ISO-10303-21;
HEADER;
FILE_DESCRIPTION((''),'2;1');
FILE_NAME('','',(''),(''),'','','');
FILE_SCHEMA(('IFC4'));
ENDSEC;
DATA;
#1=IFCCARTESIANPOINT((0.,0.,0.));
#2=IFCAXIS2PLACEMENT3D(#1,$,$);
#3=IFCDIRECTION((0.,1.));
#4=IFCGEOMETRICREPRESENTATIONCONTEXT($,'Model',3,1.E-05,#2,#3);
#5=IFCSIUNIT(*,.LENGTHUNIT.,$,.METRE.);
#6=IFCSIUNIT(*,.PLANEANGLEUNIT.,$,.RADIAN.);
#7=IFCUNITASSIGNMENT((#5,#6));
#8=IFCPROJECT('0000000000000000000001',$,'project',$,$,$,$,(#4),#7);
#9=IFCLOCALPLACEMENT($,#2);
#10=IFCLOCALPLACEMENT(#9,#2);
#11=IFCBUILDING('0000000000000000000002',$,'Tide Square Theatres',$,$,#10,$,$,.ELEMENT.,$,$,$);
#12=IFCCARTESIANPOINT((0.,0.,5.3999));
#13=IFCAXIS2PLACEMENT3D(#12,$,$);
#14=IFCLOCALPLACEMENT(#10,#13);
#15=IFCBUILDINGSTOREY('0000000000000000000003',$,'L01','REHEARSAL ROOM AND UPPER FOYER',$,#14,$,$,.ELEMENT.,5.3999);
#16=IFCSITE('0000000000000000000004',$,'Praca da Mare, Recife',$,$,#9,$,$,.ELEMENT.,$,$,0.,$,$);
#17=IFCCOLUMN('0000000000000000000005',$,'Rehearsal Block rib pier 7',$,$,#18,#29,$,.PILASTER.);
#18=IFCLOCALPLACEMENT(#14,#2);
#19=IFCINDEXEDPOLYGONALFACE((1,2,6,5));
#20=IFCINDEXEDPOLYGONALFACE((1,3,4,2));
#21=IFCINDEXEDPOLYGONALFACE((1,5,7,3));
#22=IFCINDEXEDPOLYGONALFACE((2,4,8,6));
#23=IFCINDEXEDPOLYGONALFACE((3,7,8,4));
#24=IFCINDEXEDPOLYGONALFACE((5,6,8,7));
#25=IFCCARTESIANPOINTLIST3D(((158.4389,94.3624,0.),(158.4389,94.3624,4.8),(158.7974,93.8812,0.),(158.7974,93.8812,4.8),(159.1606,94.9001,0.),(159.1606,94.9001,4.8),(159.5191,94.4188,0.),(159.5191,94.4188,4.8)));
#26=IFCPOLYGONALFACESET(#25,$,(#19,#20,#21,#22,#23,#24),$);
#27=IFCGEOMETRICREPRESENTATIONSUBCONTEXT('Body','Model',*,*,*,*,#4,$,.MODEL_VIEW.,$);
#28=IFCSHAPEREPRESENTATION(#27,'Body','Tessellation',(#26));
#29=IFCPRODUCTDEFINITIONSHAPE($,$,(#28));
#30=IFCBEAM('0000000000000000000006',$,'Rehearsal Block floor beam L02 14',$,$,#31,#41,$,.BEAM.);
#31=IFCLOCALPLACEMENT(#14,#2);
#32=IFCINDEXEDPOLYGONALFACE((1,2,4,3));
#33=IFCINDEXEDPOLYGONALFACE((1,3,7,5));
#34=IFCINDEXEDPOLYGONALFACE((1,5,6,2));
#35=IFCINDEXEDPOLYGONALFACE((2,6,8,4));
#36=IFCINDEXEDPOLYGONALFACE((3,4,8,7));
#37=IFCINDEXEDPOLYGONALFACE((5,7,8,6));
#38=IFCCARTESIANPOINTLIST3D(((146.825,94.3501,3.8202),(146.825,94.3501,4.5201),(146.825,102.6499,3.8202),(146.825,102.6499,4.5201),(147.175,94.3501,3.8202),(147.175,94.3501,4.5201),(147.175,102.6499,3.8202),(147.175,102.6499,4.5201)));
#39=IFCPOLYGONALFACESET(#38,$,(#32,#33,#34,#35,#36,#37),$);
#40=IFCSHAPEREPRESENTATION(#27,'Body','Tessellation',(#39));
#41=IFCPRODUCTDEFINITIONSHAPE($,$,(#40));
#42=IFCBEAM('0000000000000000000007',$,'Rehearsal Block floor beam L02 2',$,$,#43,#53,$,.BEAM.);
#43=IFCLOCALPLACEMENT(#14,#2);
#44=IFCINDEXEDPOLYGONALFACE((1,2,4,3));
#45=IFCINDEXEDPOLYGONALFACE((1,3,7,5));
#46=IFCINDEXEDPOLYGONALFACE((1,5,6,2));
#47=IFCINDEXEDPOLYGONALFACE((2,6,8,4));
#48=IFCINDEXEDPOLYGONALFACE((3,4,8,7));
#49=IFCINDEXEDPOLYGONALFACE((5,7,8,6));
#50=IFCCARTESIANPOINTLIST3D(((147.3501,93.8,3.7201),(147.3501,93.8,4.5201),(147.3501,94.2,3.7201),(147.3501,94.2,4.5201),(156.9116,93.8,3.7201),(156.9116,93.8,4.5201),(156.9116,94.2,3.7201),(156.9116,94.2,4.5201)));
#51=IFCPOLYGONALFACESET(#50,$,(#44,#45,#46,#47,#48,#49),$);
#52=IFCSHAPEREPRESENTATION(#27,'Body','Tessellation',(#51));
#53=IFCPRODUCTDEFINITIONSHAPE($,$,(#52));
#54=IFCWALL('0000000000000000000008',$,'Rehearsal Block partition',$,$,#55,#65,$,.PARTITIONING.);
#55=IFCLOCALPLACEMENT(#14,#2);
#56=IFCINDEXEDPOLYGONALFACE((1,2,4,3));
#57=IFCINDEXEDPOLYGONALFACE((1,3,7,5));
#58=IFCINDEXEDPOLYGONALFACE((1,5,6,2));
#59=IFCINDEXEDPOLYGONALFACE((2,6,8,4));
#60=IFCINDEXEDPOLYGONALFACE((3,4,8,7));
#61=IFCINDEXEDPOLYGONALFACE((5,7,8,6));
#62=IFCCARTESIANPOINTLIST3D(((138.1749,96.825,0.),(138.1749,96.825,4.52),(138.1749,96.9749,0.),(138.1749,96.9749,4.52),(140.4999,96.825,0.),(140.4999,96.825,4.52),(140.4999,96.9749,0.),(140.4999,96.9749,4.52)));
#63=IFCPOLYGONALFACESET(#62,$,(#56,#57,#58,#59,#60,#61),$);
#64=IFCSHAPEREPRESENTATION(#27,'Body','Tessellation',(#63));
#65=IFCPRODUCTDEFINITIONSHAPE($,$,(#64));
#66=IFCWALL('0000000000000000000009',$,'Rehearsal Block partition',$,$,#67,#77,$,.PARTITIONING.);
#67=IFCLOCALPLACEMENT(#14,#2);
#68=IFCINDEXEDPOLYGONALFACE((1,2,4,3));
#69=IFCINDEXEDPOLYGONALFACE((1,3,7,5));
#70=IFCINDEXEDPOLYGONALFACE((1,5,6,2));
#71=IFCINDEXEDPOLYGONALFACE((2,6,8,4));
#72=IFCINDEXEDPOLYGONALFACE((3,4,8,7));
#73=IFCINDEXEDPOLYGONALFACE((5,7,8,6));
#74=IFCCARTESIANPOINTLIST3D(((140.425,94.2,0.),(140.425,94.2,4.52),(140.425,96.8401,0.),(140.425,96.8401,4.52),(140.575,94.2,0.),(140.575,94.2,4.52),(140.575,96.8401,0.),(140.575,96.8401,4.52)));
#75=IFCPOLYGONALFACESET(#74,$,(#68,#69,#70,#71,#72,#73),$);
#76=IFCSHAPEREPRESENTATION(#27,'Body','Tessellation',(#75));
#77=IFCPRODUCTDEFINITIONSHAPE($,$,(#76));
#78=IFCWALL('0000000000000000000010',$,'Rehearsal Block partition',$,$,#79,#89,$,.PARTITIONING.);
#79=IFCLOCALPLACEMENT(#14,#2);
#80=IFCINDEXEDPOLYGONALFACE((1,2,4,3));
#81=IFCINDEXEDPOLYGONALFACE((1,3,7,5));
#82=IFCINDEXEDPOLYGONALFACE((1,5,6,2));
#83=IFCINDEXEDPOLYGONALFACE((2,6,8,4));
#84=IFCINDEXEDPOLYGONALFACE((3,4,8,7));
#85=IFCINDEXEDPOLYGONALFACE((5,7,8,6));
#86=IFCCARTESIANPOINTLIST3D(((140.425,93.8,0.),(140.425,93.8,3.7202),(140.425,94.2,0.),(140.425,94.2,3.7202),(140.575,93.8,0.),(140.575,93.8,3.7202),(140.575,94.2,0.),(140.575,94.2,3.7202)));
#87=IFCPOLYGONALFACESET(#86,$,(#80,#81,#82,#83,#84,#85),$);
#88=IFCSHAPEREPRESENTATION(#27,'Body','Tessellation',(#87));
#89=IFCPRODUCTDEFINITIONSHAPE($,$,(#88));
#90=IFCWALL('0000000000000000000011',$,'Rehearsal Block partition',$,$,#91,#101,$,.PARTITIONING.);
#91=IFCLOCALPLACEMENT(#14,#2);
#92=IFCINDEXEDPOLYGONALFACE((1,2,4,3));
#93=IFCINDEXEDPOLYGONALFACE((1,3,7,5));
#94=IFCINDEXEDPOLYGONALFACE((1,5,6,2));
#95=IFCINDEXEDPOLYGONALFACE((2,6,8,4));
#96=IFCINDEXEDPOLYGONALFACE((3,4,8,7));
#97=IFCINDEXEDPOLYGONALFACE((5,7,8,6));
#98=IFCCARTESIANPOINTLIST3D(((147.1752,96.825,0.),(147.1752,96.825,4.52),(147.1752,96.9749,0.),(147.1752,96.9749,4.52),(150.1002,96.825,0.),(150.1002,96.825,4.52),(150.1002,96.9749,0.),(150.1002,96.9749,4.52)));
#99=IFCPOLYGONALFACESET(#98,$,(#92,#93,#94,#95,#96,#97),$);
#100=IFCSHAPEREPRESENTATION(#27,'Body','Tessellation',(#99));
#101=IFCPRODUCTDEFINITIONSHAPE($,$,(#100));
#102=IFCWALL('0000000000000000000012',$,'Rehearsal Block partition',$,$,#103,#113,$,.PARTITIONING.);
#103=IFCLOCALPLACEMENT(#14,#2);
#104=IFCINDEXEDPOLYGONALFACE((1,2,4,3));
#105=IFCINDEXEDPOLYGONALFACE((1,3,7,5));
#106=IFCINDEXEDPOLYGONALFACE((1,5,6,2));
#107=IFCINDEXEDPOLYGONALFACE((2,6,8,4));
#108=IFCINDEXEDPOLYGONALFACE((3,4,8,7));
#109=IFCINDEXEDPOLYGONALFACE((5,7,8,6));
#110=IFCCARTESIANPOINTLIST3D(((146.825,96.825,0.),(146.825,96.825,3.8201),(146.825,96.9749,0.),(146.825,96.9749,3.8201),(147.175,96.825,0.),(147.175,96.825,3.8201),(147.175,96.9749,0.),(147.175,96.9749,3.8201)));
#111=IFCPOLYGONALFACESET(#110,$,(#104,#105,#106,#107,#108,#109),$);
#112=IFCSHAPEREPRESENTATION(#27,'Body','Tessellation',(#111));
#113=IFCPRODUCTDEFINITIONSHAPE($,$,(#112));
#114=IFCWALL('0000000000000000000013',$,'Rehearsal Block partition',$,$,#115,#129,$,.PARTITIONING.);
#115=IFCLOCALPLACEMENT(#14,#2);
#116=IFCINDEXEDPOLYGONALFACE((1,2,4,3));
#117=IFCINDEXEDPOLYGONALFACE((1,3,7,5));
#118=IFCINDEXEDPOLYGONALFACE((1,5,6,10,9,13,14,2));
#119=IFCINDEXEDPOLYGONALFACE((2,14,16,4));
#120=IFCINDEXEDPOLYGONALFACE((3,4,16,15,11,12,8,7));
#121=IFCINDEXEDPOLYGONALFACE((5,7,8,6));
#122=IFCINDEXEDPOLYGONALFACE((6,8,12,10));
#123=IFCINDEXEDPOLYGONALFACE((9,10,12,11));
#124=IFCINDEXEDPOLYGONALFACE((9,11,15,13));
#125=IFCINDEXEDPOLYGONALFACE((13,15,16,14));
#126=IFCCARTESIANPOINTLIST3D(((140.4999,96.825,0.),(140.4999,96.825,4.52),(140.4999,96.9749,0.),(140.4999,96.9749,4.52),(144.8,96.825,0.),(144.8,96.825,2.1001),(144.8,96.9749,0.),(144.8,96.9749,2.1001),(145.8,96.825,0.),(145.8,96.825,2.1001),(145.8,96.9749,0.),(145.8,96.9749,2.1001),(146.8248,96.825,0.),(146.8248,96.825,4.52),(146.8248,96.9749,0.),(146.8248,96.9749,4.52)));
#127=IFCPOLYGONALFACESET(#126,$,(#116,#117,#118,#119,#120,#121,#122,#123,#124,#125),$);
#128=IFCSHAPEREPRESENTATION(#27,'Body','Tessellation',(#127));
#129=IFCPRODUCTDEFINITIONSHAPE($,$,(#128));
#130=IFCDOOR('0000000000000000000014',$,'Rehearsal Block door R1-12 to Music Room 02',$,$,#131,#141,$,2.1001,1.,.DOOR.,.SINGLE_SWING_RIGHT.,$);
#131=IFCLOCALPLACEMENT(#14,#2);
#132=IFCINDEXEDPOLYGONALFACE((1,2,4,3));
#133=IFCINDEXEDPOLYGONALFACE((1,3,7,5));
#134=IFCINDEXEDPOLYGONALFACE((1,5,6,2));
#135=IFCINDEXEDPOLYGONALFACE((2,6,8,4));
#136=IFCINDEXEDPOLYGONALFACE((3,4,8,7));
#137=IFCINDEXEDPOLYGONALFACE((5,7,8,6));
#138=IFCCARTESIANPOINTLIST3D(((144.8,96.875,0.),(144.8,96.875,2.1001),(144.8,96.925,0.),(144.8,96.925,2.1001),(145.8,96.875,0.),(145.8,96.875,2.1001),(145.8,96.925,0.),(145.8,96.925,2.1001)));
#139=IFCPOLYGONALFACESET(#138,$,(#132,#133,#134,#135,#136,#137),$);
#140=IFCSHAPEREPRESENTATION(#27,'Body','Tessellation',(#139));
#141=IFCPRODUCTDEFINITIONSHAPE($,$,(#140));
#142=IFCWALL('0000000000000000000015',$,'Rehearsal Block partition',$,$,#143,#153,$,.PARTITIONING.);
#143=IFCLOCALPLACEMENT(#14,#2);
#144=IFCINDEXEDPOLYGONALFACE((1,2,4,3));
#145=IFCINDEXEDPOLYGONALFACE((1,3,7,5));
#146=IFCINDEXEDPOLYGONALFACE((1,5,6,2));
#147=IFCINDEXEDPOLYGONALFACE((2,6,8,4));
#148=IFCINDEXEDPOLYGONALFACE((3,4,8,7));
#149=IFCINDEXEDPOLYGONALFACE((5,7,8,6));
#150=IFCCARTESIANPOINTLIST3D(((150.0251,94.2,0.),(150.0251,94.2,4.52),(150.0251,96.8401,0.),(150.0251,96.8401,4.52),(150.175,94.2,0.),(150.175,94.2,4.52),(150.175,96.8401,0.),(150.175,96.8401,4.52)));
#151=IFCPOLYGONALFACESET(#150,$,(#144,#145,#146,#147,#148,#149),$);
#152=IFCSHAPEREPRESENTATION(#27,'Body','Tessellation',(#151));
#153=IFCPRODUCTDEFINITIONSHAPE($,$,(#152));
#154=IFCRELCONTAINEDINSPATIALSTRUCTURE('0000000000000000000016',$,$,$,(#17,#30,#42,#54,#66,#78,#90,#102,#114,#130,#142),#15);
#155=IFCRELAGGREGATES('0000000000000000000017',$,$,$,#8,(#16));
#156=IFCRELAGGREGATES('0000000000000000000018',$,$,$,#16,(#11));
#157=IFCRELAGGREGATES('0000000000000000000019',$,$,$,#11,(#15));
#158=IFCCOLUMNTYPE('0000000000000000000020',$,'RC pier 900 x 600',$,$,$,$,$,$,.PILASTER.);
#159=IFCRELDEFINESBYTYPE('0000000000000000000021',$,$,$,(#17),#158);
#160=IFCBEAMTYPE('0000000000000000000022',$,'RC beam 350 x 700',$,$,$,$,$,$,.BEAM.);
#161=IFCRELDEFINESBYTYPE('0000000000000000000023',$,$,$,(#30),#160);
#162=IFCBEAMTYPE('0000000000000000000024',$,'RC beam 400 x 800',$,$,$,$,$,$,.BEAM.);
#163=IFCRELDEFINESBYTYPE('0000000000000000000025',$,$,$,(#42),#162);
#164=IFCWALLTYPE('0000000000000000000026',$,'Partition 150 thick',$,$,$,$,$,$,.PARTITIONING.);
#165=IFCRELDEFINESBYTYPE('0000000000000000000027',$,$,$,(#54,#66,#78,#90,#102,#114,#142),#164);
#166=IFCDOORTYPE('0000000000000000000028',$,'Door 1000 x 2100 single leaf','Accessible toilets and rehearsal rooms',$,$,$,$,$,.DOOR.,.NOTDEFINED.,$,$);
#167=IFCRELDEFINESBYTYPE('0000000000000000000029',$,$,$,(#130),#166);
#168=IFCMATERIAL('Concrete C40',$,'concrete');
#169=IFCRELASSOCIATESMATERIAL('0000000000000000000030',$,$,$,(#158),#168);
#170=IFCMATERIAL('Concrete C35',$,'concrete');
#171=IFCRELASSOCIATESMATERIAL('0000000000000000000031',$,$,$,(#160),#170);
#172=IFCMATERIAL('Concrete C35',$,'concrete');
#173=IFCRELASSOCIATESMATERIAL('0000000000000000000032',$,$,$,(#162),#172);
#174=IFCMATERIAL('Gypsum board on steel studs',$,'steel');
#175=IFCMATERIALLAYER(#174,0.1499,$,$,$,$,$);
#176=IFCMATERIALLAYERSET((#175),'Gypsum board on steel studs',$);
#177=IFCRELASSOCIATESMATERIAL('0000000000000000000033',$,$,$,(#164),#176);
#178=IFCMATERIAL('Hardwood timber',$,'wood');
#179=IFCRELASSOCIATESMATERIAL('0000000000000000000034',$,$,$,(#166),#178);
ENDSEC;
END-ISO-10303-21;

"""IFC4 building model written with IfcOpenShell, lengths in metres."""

from ifc_helpers import new_model, si_unit, direction, frame, frame_2d, origin, origin_2d, place, context, subcontext, project, spatial, rectangle, extrude, material, layer, layer_set, material_profile, profile_set, type_object, element, fill, save


model = new_model("IFC4")

# Units and contexts
model_context = context("Model", 3, precision=1e-05, world=origin(), true_north=direction((0.0, 1.0)))
body_context = subcontext(model_context, "Body", "Model", "MODEL_VIEW")
ifc_project = project(units=[si_unit("LENGTHUNIT", "METRE"), si_unit("PLANEANGLEUNIT", "RADIAN")], contexts=[model_context])

# Site, building, storey
site_placement = place(None, origin())
site = spatial("IfcSite", under=ifc_project, at=site_placement, Name="Praca da Mare, Recife", CompositionType="ELEMENT", RefElevation=0.0)
building_placement = place(site_placement, origin())
building = spatial("IfcBuilding", under=site, at=building_placement, Name="Tide Square Theatres", CompositionType="ELEMENT")
storey_placement = place(building_placement, frame((0.0, 0.0, 5.3999)))
storey = spatial("IfcBuildingStorey", under=building, at=storey_placement, Name="L01", Description="REHEARSAL ROOM AND UPPER FOYER", CompositionType="ELEMENT", Elevation=5.3999)

# Column
ifc_material_1 = material(Name="Concrete C40", Category="concrete")
ifc_material_profile_1 = material_profile(ifc_material_1, rectangle(XDim=0.8999, YDim=0.6001, at=origin_2d()))
ifc_profile_set_1 = profile_set([ifc_material_profile_1], Name="Concrete C40")
column_type = type_object("IfcColumnType", Name="RC pier 900 x 600", PredefinedType="PILASTER", material=ifc_profile_set_1)
column_placement = place(storey_placement, frame((158.979, 94.3906, 0.0), z_axis=(0.0, 0.0, 1.0), x_axis=(0.801928, 0.597421, 0.0)))
element("IfcColumn", 1, at=column_placement, inside=storey, type_object=column_type, Name="Rehearsal Block rib pier 7", PredefinedType="PILASTER", context=body_context, shape_type="SweptSolid", body=[
    extrude(rectangle(XDim=0.8999, YDim=0.6001, at=origin_2d()), origin(), (0.0, 0.0, 1.0), 4.8),
])

# Beams
ifc_material_2 = material(Name="Concrete C35", Category="concrete")
ifc_material_profile_2 = material_profile(ifc_material_2, rectangle(XDim=0.3501, YDim=0.7, at=origin_2d()))
ifc_profile_set_2 = profile_set([ifc_material_profile_2], Name="Concrete C35")
beam_type_1 = type_object("IfcBeamType", Name="RC beam 350 x 700", PredefinedType="BEAM", material=ifc_profile_set_2)
beam_1_placement = place(storey_placement, frame((147.0, 94.3501, 4.1702), z_axis=(0.0, 1.0, 0.0), x_axis=(-1.0, 0.0, 0.0)))
element("IfcBeam", 2, at=beam_1_placement, inside=storey, type_object=beam_type_1, Name="Rehearsal Block floor beam L02 14", PredefinedType="BEAM", context=body_context, shape_type="SweptSolid", body=[
    extrude(rectangle(XDim=0.3501, YDim=0.7, at=origin_2d()), origin(), (0.0, 0.0, 1.0), 8.2998),
])
ifc_material_3 = material(Name="Concrete C35", Category="concrete")
ifc_material_profile_3 = material_profile(ifc_material_3, rectangle(XDim=0.3999, YDim=0.8, at=origin_2d()))
ifc_profile_set_3 = profile_set([ifc_material_profile_3], Name="Concrete C35")
beam_type_2 = type_object("IfcBeamType", Name="RC beam 400 x 800", PredefinedType="BEAM", material=ifc_profile_set_3)
beam_2_placement = place(storey_placement, frame((147.3501, 94.0, 4.1201), z_axis=(1.0, 0.0, 0.0), x_axis=(0.0, 1.0, 0.0)))
element("IfcBeam", 3, at=beam_2_placement, inside=storey, type_object=beam_type_2, Name="Rehearsal Block floor beam L02 2", PredefinedType="BEAM", context=body_context, shape_type="SweptSolid", body=[
    extrude(rectangle(XDim=0.3999, YDim=0.8, at=origin_2d()), origin(), (0.0, 0.0, 1.0), 9.5615),
])

# Walls
ifc_material_4 = material(Name="Gypsum board on steel studs", Category="steel")
ifc_layer_1 = layer(ifc_material_4, 0.1499)
ifc_layer_set_1 = layer_set([ifc_layer_1], Name="Gypsum board on steel studs")
wall_type_1 = type_object("IfcWallType", Name="Partition 150 thick", PredefinedType="PARTITIONING", material=ifc_layer_set_1)
wall_1_placement = place(storey_placement, frame((140.5, 96.8999, 0.0), z_axis=(0.0, 0.0, 1.0), x_axis=(-1.0, 0.0, 0.0)))
element("IfcWall", 4, at=wall_1_placement, inside=storey, type_object=wall_type_1, Name="Rehearsal Block partition", PredefinedType="PARTITIONING", context=body_context, shape_type="SweptSolid", body=[
    extrude(rectangle(XDim=2.325, YDim=0.1499, at=frame_2d((1.1626, 0.0))), origin(), (0.0, 0.0, 1.0), 4.52),
])
wall_2_placement = place(storey_placement, frame((140.5, 96.8401, 0.0), z_axis=(0.0, 0.0, 1.0), x_axis=(0.0, -1.0, 0.0)))
element("IfcWall", 5, at=wall_2_placement, inside=storey, type_object=wall_type_1, Name="Rehearsal Block partition", PredefinedType="PARTITIONING", context=body_context, shape_type="SweptSolid", body=[
    extrude(rectangle(XDim=2.6401, YDim=0.1499, at=frame_2d((1.3201, 0.0))), origin(), (0.0, 0.0, 1.0), 4.52),
])
wall_3_placement = place(storey_placement, frame((140.5, 94.2, 0.0), z_axis=(0.0, 0.0, 1.0), x_axis=(0.0, -1.0, 0.0)))
element("IfcWall", 6, at=wall_3_placement, inside=storey, type_object=wall_type_1, Name="Rehearsal Block partition", PredefinedType="PARTITIONING", context=body_context, shape_type="SweptSolid", body=[
    extrude(rectangle(XDim=0.3999, YDim=0.1499, at=frame_2d((0.2, 0.0))), origin(), (0.0, 0.0, 1.0), 3.7202),
])
wall_4_placement = place(storey_placement, frame((150.1001, 96.8999, 0.0), z_axis=(0.0, 0.0, 1.0), x_axis=(-1.0, 0.0, 0.0)))
element("IfcWall", 7, at=wall_4_placement, inside=storey, type_object=wall_type_1, Name="Rehearsal Block partition", PredefinedType="PARTITIONING", context=body_context, shape_type="SweptSolid", body=[
    extrude(rectangle(XDim=2.925, YDim=0.1499, at=frame_2d((1.4624, 0.0))), origin(), (0.0, 0.0, 1.0), 4.52),
])
wall_5_placement = place(storey_placement, frame((147.175, 96.8999, 0.0), z_axis=(0.0, 0.0, 1.0), x_axis=(-1.0, 0.0, 0.0)))
element("IfcWall", 8, at=wall_5_placement, inside=storey, type_object=wall_type_1, Name="Rehearsal Block partition", PredefinedType="PARTITIONING", context=body_context, shape_type="SweptSolid", body=[
    extrude(rectangle(XDim=0.3501, YDim=0.1499, at=frame_2d((0.175, 0.0))), origin(), (0.0, 0.0, 1.0), 3.8201),
])

# Wall, opening, door
wall_6_placement = place(storey_placement, frame((146.825, 96.8999, 0.0), z_axis=(0.0, 0.0, 1.0), x_axis=(-1.0, 0.0, 0.0)))
wall_6 = element("IfcWall", 9, at=wall_6_placement, inside=storey, type_object=wall_type_1, Name="Rehearsal Block partition", PredefinedType="PARTITIONING", context=body_context, shape_type="SweptSolid", body=[
    extrude(rectangle(XDim=6.325, YDim=0.1499, at=frame_2d((3.1626, 0.0))), origin(), (0.0, 0.0, 1.0), 4.52),
])
opening_1_placement = place(wall_6_placement, frame((1.0249, 0.0, 0.0)))
opening_1 = element("IfcOpeningElement", 10, at=opening_1_placement, cuts=wall_6, PredefinedType="OPENING", context=body_context, shape_type="SweptSolid", body=[
    extrude(rectangle(XDim=1.0, YDim=2.1001, at=frame_2d((0.5, 1.05))), frame((0.0, 0.085, 0.0), z_axis=(0.0, -1.0, 0.0), x_axis=(1.0, 0.0, 0.0)), (0.0, 0.0, 1.0), 0.1699),
])
ifc_material_5 = material(Name="Hardwood timber", Category="wood")
door_type_1 = type_object("IfcDoorType", Name="Door 1000 x 2100 single leaf", Description="Accessible toilets and rehearsal rooms", OperationType="NOTDEFINED", PredefinedType="DOOR", material=ifc_material_5)
door_1_placement = place(opening_1_placement, origin())
door_1 = element("IfcDoor", 11, at=door_1_placement, inside=storey, type_object=door_type_1, Name="Rehearsal Block door R1-12 to Music Room 02", OperationType="SINGLE_SWING_RIGHT", OverallHeight=2.1001, OverallWidth=1.0, PredefinedType="DOOR", context=body_context, shape_type="SweptSolid", body=[
    extrude(rectangle(XDim=1.0, YDim=2.1001, at=frame_2d((0.5, 1.05))), frame((0.0, 0.0249, 0.0), z_axis=(0.0, -1.0, 0.0), x_axis=(1.0, 0.0, 0.0)), (0.0, 0.0, 1.0), 0.05),
])
fill(opening_1, door_1)

# Wall
wall_7_placement = place(storey_placement, frame((150.1001, 94.2, 0.0), z_axis=(0.0, 0.0, 1.0), x_axis=(0.0, 1.0, 0.0)))
element("IfcWall", 12, at=wall_7_placement, inside=storey, type_object=wall_type_1, Name="Rehearsal Block partition", PredefinedType="PARTITIONING", context=body_context, shape_type="SweptSolid", body=[
    extrude(rectangle(XDim=2.6401, YDim=0.1499, at=frame_2d((1.3201, 0.0))), origin(), (0.0, 0.0, 1.0), 4.52),
])

save(model, "model.ifc")
